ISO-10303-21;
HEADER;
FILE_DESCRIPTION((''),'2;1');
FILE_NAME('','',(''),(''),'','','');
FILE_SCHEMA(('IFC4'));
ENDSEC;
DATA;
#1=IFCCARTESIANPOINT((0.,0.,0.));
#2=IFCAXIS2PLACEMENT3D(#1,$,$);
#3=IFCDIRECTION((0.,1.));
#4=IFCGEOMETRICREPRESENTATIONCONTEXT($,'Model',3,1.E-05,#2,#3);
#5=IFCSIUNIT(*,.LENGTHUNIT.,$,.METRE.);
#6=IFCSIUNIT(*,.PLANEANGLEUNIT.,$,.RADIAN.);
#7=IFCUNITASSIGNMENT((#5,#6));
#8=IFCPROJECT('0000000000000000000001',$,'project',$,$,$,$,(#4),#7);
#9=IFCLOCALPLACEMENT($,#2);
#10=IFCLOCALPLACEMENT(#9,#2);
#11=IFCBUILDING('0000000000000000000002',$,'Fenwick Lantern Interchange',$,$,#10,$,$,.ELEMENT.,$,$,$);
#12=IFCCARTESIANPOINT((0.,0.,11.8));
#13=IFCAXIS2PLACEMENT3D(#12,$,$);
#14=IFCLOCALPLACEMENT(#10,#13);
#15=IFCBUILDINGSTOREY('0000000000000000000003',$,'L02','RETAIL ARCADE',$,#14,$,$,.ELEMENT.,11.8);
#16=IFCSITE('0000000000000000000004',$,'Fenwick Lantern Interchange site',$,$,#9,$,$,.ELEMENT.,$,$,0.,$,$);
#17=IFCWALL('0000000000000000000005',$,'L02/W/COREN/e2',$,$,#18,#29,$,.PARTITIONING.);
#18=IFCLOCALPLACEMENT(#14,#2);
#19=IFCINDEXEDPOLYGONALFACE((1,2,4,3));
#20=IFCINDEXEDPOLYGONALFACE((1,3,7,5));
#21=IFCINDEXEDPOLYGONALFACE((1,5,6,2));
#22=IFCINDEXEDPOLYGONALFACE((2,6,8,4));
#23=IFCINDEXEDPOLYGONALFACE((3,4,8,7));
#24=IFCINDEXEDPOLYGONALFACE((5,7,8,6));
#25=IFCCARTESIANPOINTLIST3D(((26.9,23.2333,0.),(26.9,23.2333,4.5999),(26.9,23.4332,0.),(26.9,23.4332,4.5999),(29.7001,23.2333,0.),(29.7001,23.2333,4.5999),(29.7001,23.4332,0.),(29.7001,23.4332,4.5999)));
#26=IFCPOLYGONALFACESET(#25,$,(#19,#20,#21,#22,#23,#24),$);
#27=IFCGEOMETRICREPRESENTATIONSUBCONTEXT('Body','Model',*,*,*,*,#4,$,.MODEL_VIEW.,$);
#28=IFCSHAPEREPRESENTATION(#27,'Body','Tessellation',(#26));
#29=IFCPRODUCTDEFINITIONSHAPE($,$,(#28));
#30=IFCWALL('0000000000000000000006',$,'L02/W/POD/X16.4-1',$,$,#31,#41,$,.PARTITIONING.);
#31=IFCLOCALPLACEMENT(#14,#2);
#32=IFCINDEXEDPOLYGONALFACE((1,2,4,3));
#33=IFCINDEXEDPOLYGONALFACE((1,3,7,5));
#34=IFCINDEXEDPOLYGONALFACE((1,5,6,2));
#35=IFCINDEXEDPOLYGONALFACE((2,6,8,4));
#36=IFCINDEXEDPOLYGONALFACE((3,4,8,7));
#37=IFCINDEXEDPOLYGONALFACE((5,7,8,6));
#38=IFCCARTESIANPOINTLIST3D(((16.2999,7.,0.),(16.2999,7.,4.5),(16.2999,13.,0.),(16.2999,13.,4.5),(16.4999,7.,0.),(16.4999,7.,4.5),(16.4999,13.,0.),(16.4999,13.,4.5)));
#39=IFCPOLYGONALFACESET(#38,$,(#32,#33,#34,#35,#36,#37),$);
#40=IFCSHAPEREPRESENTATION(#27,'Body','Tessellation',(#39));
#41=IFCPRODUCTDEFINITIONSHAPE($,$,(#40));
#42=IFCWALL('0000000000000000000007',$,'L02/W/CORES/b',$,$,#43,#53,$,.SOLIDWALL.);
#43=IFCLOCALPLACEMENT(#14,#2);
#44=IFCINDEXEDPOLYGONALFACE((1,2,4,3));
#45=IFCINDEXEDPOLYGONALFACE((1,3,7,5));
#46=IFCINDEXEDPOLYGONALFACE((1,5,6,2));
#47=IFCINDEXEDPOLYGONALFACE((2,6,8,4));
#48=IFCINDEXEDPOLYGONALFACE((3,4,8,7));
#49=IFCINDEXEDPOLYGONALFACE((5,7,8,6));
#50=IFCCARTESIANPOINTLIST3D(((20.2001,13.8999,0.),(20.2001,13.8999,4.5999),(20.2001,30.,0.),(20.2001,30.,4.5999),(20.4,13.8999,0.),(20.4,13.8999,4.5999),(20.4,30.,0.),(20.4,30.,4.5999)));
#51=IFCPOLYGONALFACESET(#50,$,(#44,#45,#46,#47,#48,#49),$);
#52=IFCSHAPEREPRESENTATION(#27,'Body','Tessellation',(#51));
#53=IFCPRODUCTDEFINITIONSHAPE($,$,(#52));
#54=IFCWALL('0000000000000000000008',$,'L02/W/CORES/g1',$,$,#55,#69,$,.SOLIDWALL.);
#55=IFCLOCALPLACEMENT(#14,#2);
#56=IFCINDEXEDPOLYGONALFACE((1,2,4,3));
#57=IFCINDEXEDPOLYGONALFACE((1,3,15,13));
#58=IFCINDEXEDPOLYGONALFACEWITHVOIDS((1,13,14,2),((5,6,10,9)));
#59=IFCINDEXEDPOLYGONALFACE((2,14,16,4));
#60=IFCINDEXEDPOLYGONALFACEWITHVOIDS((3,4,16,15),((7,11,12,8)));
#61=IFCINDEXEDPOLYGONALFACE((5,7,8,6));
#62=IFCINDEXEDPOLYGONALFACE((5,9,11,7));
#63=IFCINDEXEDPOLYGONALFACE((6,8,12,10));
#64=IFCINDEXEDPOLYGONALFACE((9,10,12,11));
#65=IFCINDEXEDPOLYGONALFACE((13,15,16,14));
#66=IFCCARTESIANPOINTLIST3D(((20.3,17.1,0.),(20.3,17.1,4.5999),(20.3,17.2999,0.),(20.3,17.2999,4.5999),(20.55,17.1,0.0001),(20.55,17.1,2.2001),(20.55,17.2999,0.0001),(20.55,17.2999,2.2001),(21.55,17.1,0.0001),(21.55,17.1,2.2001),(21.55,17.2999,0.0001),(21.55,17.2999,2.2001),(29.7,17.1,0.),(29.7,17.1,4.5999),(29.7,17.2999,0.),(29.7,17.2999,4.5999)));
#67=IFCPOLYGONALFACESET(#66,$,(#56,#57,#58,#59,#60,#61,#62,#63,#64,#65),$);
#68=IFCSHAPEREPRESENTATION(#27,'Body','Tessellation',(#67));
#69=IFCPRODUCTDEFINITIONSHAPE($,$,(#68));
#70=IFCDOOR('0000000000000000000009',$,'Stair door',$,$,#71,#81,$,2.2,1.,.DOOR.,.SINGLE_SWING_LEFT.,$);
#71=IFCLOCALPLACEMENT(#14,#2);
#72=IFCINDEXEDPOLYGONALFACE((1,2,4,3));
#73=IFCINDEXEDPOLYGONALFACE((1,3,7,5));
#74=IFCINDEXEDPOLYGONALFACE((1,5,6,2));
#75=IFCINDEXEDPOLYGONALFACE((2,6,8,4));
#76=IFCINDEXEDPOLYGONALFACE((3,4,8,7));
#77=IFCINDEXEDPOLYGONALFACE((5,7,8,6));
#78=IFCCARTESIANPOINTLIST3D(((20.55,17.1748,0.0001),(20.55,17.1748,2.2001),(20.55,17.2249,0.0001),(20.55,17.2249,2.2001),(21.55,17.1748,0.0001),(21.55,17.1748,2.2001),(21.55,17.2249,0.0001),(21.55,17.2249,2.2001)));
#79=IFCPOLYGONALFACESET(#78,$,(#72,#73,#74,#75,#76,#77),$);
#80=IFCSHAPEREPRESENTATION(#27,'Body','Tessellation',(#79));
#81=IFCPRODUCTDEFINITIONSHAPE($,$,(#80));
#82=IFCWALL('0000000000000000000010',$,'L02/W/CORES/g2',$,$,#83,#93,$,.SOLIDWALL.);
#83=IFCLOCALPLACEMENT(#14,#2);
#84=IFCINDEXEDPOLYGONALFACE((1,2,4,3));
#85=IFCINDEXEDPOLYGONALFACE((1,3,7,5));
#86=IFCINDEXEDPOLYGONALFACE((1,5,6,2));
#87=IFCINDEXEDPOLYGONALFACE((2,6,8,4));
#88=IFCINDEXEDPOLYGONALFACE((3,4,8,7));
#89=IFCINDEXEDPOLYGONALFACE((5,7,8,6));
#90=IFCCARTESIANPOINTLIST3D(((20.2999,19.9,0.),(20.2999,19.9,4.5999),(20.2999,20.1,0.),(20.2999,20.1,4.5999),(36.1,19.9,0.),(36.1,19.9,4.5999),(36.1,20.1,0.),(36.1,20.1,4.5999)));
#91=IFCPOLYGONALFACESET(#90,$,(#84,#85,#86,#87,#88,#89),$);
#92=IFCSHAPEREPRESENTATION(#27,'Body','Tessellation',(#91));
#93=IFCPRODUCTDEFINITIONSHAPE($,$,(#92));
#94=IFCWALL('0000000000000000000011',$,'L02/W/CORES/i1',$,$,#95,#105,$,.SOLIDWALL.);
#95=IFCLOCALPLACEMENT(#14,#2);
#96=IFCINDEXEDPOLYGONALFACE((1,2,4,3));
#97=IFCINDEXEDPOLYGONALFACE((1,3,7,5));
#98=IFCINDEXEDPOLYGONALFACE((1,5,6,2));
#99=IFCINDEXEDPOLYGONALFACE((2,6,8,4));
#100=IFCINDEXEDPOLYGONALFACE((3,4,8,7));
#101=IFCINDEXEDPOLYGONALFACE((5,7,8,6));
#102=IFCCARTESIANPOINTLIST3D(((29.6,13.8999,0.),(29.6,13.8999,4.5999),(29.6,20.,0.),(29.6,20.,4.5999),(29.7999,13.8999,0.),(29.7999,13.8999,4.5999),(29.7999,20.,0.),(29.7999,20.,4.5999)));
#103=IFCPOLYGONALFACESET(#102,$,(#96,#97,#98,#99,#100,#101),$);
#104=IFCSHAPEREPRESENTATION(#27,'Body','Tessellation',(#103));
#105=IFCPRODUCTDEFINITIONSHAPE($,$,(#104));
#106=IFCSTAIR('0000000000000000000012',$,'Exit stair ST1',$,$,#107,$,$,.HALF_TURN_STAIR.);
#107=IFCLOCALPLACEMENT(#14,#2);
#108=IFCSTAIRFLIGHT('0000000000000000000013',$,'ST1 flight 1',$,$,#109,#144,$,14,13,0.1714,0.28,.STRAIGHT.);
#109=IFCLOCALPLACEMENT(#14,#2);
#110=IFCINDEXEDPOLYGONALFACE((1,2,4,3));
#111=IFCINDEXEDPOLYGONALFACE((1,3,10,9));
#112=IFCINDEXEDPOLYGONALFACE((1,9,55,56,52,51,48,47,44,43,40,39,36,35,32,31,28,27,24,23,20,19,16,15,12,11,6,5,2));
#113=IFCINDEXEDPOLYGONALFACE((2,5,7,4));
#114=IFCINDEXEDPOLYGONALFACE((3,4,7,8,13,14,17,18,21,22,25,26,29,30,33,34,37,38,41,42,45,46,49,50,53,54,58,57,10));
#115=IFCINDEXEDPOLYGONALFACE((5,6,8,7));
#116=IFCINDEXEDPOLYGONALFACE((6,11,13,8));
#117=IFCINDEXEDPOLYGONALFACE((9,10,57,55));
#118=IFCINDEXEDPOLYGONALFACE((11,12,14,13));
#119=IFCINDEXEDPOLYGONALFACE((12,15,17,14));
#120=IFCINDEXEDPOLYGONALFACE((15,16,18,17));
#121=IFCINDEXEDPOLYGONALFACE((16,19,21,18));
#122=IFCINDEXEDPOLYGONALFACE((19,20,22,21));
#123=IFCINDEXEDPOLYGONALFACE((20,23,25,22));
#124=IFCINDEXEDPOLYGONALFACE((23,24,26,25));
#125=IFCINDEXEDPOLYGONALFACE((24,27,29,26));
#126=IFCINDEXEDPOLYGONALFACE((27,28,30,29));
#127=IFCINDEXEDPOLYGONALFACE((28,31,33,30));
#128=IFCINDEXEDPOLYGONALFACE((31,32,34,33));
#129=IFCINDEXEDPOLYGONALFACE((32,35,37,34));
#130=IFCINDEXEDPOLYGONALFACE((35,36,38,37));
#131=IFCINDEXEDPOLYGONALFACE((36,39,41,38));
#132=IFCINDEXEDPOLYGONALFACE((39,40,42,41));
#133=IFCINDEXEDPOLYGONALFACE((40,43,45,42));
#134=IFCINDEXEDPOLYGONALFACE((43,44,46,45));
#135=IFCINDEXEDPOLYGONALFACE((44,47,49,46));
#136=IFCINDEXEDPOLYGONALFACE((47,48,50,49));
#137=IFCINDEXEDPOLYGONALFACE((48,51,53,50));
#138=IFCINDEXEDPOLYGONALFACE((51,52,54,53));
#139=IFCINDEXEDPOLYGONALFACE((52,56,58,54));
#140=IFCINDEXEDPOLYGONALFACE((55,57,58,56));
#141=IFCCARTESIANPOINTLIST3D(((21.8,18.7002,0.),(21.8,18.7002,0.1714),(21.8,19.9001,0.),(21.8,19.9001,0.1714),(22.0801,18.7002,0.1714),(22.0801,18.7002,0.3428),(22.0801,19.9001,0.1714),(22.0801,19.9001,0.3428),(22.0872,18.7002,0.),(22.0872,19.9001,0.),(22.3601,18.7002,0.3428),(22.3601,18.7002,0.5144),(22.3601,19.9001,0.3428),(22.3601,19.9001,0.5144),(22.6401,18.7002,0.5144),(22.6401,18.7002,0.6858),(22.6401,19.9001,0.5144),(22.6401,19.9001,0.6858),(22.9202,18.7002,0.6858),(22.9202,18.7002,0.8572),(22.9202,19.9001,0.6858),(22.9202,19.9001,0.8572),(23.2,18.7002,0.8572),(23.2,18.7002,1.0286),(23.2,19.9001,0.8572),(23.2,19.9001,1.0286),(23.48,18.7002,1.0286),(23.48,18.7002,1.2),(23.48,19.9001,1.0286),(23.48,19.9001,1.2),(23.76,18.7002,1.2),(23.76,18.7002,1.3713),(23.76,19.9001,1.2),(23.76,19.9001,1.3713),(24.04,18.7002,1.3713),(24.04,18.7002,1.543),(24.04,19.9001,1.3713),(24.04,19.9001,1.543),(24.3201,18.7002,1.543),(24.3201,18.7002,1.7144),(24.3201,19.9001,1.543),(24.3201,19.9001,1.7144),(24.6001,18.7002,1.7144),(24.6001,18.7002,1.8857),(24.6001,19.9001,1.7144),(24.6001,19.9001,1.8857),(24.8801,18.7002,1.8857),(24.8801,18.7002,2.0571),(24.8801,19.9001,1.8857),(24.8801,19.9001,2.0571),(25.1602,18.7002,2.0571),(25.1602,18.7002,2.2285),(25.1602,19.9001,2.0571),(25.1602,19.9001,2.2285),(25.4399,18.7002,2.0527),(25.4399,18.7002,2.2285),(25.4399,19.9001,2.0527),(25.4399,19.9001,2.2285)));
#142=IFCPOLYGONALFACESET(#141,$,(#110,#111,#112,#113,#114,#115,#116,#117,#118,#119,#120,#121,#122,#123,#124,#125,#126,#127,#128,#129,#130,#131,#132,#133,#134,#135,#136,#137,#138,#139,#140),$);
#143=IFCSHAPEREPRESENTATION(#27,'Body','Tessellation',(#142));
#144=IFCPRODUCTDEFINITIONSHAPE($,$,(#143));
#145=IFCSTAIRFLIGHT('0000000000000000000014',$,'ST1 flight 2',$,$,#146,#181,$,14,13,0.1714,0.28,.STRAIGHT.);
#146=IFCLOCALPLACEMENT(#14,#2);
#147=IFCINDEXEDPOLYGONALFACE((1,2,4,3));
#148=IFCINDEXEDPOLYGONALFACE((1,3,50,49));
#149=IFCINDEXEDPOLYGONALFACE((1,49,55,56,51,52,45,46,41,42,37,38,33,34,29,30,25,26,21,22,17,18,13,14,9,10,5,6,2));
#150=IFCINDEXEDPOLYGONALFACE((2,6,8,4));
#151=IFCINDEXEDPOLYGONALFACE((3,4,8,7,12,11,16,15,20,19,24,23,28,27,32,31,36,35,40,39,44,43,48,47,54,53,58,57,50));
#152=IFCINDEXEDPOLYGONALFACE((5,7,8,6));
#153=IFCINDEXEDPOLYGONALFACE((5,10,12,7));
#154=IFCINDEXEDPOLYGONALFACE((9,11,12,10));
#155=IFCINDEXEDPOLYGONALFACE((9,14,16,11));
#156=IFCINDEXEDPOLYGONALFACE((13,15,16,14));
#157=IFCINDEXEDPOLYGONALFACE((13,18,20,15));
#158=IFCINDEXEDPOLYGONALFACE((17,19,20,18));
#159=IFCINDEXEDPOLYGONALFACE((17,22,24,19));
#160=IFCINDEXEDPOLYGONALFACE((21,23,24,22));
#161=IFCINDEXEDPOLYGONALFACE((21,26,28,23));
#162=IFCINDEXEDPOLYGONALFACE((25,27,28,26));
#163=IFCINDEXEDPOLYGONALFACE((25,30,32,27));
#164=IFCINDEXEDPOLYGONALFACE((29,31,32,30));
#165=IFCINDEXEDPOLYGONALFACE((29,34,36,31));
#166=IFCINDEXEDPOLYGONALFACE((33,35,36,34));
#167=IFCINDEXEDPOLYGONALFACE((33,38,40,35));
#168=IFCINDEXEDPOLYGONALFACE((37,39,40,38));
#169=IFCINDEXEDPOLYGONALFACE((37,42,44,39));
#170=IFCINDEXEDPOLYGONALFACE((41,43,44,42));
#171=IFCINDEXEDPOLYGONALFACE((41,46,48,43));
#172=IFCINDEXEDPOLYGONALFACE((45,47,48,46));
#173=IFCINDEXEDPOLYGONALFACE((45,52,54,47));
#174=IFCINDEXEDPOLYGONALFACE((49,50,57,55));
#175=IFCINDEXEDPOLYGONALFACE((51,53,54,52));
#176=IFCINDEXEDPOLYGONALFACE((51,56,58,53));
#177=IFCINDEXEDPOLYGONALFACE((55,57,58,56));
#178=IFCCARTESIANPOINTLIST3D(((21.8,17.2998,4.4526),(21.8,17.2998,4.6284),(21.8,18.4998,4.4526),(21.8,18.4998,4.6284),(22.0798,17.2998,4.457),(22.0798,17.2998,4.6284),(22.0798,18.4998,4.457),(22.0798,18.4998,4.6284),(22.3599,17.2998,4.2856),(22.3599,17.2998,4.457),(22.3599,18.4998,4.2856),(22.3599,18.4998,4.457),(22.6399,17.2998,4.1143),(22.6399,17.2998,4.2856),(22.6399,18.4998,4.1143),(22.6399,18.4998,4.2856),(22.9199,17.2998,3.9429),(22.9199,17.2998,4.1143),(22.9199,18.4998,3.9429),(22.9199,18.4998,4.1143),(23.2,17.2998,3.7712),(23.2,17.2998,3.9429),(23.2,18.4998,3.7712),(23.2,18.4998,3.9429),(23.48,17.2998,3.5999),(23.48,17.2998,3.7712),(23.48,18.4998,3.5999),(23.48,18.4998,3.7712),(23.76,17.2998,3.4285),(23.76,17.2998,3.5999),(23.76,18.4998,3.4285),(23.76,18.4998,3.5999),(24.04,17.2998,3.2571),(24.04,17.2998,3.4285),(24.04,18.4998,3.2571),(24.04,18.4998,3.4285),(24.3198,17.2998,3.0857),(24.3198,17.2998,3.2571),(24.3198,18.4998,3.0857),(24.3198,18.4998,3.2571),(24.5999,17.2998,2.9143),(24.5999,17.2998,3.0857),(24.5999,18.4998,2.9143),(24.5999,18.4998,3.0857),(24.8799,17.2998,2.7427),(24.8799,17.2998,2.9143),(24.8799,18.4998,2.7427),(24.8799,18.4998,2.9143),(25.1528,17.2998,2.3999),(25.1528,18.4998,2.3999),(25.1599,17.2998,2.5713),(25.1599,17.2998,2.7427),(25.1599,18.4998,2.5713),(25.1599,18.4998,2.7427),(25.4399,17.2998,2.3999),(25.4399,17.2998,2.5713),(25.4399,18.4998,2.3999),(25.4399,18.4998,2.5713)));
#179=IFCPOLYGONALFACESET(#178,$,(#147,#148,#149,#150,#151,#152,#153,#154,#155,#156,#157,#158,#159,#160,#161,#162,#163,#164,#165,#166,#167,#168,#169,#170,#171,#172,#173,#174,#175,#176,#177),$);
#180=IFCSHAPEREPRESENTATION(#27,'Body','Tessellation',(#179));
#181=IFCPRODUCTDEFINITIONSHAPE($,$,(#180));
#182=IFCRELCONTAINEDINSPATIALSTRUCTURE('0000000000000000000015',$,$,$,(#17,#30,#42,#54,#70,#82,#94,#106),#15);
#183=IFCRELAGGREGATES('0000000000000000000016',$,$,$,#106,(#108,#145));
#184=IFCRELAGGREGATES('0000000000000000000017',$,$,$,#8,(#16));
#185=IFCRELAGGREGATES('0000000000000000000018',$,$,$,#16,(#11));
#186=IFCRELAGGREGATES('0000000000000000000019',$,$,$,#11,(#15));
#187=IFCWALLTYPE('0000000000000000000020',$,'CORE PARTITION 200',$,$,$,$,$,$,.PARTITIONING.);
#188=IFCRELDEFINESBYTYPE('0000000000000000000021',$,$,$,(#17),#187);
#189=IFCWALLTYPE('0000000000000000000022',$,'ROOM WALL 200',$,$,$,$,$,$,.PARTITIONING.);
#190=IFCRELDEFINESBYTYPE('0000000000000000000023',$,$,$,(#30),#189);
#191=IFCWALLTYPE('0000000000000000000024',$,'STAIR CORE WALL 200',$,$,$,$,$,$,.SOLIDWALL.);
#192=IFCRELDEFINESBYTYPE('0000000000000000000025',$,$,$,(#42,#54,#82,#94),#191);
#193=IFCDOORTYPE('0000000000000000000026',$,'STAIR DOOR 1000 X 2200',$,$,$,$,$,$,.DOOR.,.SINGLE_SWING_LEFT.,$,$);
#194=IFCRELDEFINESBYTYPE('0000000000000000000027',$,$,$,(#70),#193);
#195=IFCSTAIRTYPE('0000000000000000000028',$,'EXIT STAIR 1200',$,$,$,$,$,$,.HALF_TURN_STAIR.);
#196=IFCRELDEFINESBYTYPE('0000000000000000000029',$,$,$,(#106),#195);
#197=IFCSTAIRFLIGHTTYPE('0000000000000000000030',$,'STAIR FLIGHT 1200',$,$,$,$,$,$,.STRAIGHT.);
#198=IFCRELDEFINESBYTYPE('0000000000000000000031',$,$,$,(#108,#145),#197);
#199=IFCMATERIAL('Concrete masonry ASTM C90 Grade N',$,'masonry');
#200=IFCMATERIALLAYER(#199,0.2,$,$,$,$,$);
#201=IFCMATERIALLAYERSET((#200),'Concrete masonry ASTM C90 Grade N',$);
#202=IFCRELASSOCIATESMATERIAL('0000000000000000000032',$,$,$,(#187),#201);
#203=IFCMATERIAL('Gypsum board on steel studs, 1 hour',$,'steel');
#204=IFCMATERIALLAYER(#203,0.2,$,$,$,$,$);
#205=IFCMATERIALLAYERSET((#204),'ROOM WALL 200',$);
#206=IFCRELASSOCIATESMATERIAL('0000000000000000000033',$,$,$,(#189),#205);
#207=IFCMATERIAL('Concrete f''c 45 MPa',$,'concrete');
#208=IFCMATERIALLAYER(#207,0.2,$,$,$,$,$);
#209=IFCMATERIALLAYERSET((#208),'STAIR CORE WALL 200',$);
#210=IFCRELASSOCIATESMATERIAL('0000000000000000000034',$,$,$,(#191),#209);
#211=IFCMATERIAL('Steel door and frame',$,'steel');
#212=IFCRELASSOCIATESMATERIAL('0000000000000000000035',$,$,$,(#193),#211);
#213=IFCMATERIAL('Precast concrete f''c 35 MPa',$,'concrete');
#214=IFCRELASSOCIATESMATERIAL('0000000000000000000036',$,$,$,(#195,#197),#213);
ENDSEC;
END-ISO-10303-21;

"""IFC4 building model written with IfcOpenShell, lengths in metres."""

from ifc_helpers import new_model, si_unit, direction, frame, frame_2d, origin, place, context, subcontext, project, spatial, polyline, rectangle, outline, extrude, material, layer, layer_set, type_object, element, fill, aggregate, save


model = new_model("IFC4")

# Units and contexts
model_context = context("Model", 3, precision=1e-05, world=origin(), true_north=direction((0.0, 1.0)))
body_context = subcontext(model_context, "Body", "Model", "MODEL_VIEW")
ifc_project = project(units=[si_unit("LENGTHUNIT", "METRE"), si_unit("PLANEANGLEUNIT", "RADIAN")], contexts=[model_context])

# Site, building, storey
site_placement = place(None, origin())
site = spatial("IfcSite", under=ifc_project, at=site_placement, Name="Fenwick Lantern Interchange site", CompositionType="ELEMENT", RefElevation=0.0)
building_placement = place(site_placement, origin())
building = spatial("IfcBuilding", under=site, at=building_placement, Name="Fenwick Lantern Interchange", CompositionType="ELEMENT")
storey_placement = place(building_placement, frame((0.0, 0.0, 11.8)))
storey = spatial("IfcBuildingStorey", under=building, at=storey_placement, Name="L02", Description="RETAIL ARCADE", CompositionType="ELEMENT", Elevation=11.8)

# Shared definitions
ifc_material_1 = material(Name="Concrete masonry ASTM C90 Grade N", Category="masonry")
ifc_layer_1 = layer(ifc_material_1, 0.2)
ifc_layer_set_1 = layer_set([ifc_layer_1], Name="Concrete masonry ASTM C90 Grade N")
wall_type_1 = type_object("IfcWallType", Name="CORE PARTITION 200", PredefinedType="PARTITIONING", material=ifc_layer_set_1)
ifc_material_2 = material(Name="Steel door and frame", Category="steel")

# Walls
wall_1_placement = place(storey_placement, frame((29.7, 23.3333, 0.0), z_axis=(0.0, 0.0, 1.0), x_axis=(-1.0, 0.0, 0.0)))
element("IfcWall", 1, at=wall_1_placement, inside=storey, type_object=wall_type_1, Name="L02/W/COREN/e2", PredefinedType="PARTITIONING", context=body_context, shape_type="SweptSolid", body=[
    extrude(rectangle(XDim=2.8, YDim=0.2, at=frame_2d((1.3999, 0.0))), origin(), (0.0, 0.0, 1.0), 4.5999),
])
ifc_material_3 = material(Name="Gypsum board on steel studs, 1 hour", Category="steel")
ifc_layer_2 = layer(ifc_material_3, 0.2)
ifc_layer_set_2 = layer_set([ifc_layer_2], Name="ROOM WALL 200")
wall_type_2 = type_object("IfcWallType", Name="ROOM WALL 200", PredefinedType="PARTITIONING", material=ifc_layer_set_2)
wall_2_placement = place(storey_placement, frame((16.3999, 7.0, 0.0), z_axis=(0.0, 0.0, 1.0), x_axis=(0.0, 1.0, 0.0)))
element("IfcWall", 2, at=wall_2_placement, inside=storey, type_object=wall_type_2, Name="L02/W/POD/X16.4-1", PredefinedType="PARTITIONING", context=body_context, shape_type="SweptSolid", body=[
    extrude(rectangle(XDim=6.0, YDim=0.2, at=frame_2d((3.0, 0.0))), origin(), (0.0, 0.0, 1.0), 4.5),
])
ifc_material_4 = material(Name="Concrete f'c 45 MPa", Category="concrete")
ifc_layer_3 = layer(ifc_material_4, 0.2)
ifc_layer_set_3 = layer_set([ifc_layer_3], Name="STAIR CORE WALL 200")
wall_type_3 = type_object("IfcWallType", Name="STAIR CORE WALL 200", PredefinedType="SOLIDWALL", material=ifc_layer_set_3)
wall_3_placement = place(storey_placement, frame((20.3, 13.8999, 0.0), z_axis=(0.0, 0.0, 1.0), x_axis=(0.0, 1.0, 0.0)))
element("IfcWall", 3, at=wall_3_placement, inside=storey, type_object=wall_type_3, Name="L02/W/CORES/b", PredefinedType="SOLIDWALL", context=body_context, shape_type="SweptSolid", body=[
    extrude(rectangle(XDim=16.1001, YDim=0.2, at=frame_2d((8.05, 0.0))), origin(), (0.0, 0.0, 1.0), 4.5999),
])

# Wall, opening, door
wall_4_placement = place(storey_placement, frame((20.3, 17.2, 0.0), z_axis=(0.0, 0.0, 1.0), x_axis=(1.0, 0.0, 0.0)))
wall_4 = element("IfcWall", 4, at=wall_4_placement, inside=storey, type_object=wall_type_3, Name="L02/W/CORES/g1", PredefinedType="SOLIDWALL", context=body_context, shape_type="SweptSolid", body=[
    extrude(rectangle(XDim=9.3999, YDim=0.2, at=frame_2d((4.7, 0.0))), origin(), (0.0, 0.0, 1.0), 4.5999),
])
opening_1_placement = place(wall_4_placement, frame((0.25, 0.0, 0.0)))
opening_1 = element("IfcOpeningElement", 5, at=opening_1_placement, cuts=wall_4, PredefinedType="OPENING", context=body_context, shape_type="SweptSolid", body=[
    extrude(rectangle(XDim=1.0, YDim=2.2, at=frame_2d((0.5, 1.1001))), frame((0.0, 0.1099, 0.0), z_axis=(0.0, -1.0, 0.0), x_axis=(1.0, 0.0, 0.0)), (0.0, 0.0, 1.0), 0.22),
])
door_type_1 = type_object("IfcDoorType", Name="STAIR DOOR 1000 X 2200", OperationType="SINGLE_SWING_LEFT", PredefinedType="DOOR", material=ifc_material_2)
door_1_placement = place(opening_1_placement, origin())
door_1 = element("IfcDoor", 6, at=door_1_placement, inside=storey, type_object=door_type_1, Name="Stair door", OperationType="SINGLE_SWING_LEFT", OverallHeight=2.2, OverallWidth=1.0, PredefinedType="DOOR", context=body_context, shape_type="SweptSolid", body=[
    extrude(rectangle(XDim=1.0, YDim=2.2, at=frame_2d((0.5, 1.1001))), frame((0.0, 0.0249, 0.0), z_axis=(0.0, -1.0, 0.0), x_axis=(1.0, 0.0, 0.0)), (0.0, 0.0, 1.0), 0.05),
])
fill(opening_1, door_1)

# Walls
wall_5_placement = place(storey_placement, frame((20.3, 20.0, 0.0), z_axis=(0.0, 0.0, 1.0), x_axis=(1.0, 0.0, 0.0)))
element("IfcWall", 7, at=wall_5_placement, inside=storey, type_object=wall_type_3, Name="L02/W/CORES/g2", PredefinedType="SOLIDWALL", context=body_context, shape_type="SweptSolid", body=[
    extrude(rectangle(XDim=15.8, YDim=0.2, at=frame_2d((7.8999, 0.0))), origin(), (0.0, 0.0, 1.0), 4.5999),
])
wall_6_placement = place(storey_placement, frame((29.7, 13.8999, 0.0), z_axis=(0.0, 0.0, 1.0), x_axis=(0.0, 1.0, 0.0)))
element("IfcWall", 8, at=wall_6_placement, inside=storey, type_object=wall_type_3, Name="L02/W/CORES/i1", PredefinedType="SOLIDWALL", context=body_context, shape_type="SweptSolid", body=[
    extrude(rectangle(XDim=6.1001, YDim=0.2, at=frame_2d((3.05, 0.0))), origin(), (0.0, 0.0, 1.0), 4.5999),
])

# Stair, stair flights
ifc_material_5 = material(Name="Precast concrete f'c 35 MPa", Category="concrete")
stair_type = type_object("IfcStairType", Name="EXIT STAIR 1200", PredefinedType="HALF_TURN_STAIR", material=ifc_material_5)
stair_placement = place(storey_placement, origin())
stair = element("IfcStair", 9, at=stair_placement, inside=storey, type_object=stair_type, Name="Exit stair ST1", PredefinedType="HALF_TURN_STAIR")
stair_flight_type = type_object("IfcStairFlightType", Name="STAIR FLIGHT 1200", PredefinedType="STRAIGHT", material=ifc_material_5)
stair_flight_1_placement = place(storey_placement, frame((21.8, 19.3, 0.0), z_axis=(0.0, 0.0, 1.0), x_axis=(1.0, 0.0, 0.0)))
stair_flight_1 = element("IfcStairFlight", 10, at=stair_flight_1_placement, type_object=stair_flight_type, Name="ST1 flight 1", NumberOfRisers=14, NumberOfTreads=13, PredefinedType="STRAIGHT", RiserHeight=0.1714, TreadLength=0.28, context=body_context, shape_type="SweptSolid", body=[
    extrude(outline(polyline([(0.0, 0.0), (0.0, 0.1714), (0.28, 0.1714), (0.28, 0.3428), (0.5601, 0.3428), (0.5601, 0.5144), (0.8401, 0.5144), (0.8401, 0.6858), (1.1201, 0.6858), (1.1201, 0.8572), (1.3999, 0.8572), (1.3999, 1.0286), (1.6799, 1.0286), (1.6799, 1.2), (1.96, 1.2), (1.96, 1.3713), (2.24, 1.3713), (2.24, 1.543), (2.52, 1.543), (2.52, 1.7144), (2.8, 1.7144), (2.8, 1.8857), (3.0801, 1.8857), (3.0801, 2.0571), (3.3601, 2.0571), (3.3601, 2.2285), (3.6399, 2.2285), (3.6399, 2.3999), (3.6399, 2.0527), (0.2871, 0.0), (0.0, 0.0)])), frame((0.0, 0.6001, 0.0), z_axis=(0.0, -1.0, 0.0), x_axis=(1.0, 0.0, 0.0)), (0.0, 0.0, 1.0), 1.2),
])
stair_flight_2_placement = place(storey_placement, frame((25.4399, 17.8999, 2.3999), z_axis=(0.0, 0.0, 1.0), x_axis=(-1.0, 0.0, 0.0)))
stair_flight_2 = element("IfcStairFlight", 11, at=stair_flight_2_placement, type_object=stair_flight_type, Name="ST1 flight 2", NumberOfRisers=14, NumberOfTreads=13, PredefinedType="STRAIGHT", RiserHeight=0.1714, TreadLength=0.28, context=body_context, shape_type="SweptSolid", body=[
    extrude(outline(polyline([(0.0, 0.0), (0.0, 0.1714), (0.28, 0.1714), (0.28, 0.3428), (0.5601, 0.3428), (0.5601, 0.5144), (0.8401, 0.5144), (0.8401, 0.6858), (1.1201, 0.6858), (1.1201, 0.8572), (1.3999, 0.8572), (1.3999, 1.0286), (1.6799, 1.0286), (1.6799, 1.2), (1.96, 1.2), (1.96, 1.3713), (2.24, 1.3713), (2.24, 1.543), (2.52, 1.543), (2.52, 1.7144), (2.8, 1.7144), (2.8, 1.8857), (3.0801, 1.8857), (3.0801, 2.0571), (3.3601, 2.0571), (3.3601, 2.2285), (3.6399, 2.2285), (3.6399, 2.3999), (3.6399, 2.0527), (0.2871, 0.0), (0.0, 0.0)])), frame((0.0, 0.6001, 0.0), z_axis=(0.0, -1.0, 0.0), x_axis=(1.0, 0.0, 0.0)), (0.0, 0.0, 1.0), 1.2),
])
aggregate(stair, [stair_flight_1, stair_flight_2])

save(model, "model.ifc")
